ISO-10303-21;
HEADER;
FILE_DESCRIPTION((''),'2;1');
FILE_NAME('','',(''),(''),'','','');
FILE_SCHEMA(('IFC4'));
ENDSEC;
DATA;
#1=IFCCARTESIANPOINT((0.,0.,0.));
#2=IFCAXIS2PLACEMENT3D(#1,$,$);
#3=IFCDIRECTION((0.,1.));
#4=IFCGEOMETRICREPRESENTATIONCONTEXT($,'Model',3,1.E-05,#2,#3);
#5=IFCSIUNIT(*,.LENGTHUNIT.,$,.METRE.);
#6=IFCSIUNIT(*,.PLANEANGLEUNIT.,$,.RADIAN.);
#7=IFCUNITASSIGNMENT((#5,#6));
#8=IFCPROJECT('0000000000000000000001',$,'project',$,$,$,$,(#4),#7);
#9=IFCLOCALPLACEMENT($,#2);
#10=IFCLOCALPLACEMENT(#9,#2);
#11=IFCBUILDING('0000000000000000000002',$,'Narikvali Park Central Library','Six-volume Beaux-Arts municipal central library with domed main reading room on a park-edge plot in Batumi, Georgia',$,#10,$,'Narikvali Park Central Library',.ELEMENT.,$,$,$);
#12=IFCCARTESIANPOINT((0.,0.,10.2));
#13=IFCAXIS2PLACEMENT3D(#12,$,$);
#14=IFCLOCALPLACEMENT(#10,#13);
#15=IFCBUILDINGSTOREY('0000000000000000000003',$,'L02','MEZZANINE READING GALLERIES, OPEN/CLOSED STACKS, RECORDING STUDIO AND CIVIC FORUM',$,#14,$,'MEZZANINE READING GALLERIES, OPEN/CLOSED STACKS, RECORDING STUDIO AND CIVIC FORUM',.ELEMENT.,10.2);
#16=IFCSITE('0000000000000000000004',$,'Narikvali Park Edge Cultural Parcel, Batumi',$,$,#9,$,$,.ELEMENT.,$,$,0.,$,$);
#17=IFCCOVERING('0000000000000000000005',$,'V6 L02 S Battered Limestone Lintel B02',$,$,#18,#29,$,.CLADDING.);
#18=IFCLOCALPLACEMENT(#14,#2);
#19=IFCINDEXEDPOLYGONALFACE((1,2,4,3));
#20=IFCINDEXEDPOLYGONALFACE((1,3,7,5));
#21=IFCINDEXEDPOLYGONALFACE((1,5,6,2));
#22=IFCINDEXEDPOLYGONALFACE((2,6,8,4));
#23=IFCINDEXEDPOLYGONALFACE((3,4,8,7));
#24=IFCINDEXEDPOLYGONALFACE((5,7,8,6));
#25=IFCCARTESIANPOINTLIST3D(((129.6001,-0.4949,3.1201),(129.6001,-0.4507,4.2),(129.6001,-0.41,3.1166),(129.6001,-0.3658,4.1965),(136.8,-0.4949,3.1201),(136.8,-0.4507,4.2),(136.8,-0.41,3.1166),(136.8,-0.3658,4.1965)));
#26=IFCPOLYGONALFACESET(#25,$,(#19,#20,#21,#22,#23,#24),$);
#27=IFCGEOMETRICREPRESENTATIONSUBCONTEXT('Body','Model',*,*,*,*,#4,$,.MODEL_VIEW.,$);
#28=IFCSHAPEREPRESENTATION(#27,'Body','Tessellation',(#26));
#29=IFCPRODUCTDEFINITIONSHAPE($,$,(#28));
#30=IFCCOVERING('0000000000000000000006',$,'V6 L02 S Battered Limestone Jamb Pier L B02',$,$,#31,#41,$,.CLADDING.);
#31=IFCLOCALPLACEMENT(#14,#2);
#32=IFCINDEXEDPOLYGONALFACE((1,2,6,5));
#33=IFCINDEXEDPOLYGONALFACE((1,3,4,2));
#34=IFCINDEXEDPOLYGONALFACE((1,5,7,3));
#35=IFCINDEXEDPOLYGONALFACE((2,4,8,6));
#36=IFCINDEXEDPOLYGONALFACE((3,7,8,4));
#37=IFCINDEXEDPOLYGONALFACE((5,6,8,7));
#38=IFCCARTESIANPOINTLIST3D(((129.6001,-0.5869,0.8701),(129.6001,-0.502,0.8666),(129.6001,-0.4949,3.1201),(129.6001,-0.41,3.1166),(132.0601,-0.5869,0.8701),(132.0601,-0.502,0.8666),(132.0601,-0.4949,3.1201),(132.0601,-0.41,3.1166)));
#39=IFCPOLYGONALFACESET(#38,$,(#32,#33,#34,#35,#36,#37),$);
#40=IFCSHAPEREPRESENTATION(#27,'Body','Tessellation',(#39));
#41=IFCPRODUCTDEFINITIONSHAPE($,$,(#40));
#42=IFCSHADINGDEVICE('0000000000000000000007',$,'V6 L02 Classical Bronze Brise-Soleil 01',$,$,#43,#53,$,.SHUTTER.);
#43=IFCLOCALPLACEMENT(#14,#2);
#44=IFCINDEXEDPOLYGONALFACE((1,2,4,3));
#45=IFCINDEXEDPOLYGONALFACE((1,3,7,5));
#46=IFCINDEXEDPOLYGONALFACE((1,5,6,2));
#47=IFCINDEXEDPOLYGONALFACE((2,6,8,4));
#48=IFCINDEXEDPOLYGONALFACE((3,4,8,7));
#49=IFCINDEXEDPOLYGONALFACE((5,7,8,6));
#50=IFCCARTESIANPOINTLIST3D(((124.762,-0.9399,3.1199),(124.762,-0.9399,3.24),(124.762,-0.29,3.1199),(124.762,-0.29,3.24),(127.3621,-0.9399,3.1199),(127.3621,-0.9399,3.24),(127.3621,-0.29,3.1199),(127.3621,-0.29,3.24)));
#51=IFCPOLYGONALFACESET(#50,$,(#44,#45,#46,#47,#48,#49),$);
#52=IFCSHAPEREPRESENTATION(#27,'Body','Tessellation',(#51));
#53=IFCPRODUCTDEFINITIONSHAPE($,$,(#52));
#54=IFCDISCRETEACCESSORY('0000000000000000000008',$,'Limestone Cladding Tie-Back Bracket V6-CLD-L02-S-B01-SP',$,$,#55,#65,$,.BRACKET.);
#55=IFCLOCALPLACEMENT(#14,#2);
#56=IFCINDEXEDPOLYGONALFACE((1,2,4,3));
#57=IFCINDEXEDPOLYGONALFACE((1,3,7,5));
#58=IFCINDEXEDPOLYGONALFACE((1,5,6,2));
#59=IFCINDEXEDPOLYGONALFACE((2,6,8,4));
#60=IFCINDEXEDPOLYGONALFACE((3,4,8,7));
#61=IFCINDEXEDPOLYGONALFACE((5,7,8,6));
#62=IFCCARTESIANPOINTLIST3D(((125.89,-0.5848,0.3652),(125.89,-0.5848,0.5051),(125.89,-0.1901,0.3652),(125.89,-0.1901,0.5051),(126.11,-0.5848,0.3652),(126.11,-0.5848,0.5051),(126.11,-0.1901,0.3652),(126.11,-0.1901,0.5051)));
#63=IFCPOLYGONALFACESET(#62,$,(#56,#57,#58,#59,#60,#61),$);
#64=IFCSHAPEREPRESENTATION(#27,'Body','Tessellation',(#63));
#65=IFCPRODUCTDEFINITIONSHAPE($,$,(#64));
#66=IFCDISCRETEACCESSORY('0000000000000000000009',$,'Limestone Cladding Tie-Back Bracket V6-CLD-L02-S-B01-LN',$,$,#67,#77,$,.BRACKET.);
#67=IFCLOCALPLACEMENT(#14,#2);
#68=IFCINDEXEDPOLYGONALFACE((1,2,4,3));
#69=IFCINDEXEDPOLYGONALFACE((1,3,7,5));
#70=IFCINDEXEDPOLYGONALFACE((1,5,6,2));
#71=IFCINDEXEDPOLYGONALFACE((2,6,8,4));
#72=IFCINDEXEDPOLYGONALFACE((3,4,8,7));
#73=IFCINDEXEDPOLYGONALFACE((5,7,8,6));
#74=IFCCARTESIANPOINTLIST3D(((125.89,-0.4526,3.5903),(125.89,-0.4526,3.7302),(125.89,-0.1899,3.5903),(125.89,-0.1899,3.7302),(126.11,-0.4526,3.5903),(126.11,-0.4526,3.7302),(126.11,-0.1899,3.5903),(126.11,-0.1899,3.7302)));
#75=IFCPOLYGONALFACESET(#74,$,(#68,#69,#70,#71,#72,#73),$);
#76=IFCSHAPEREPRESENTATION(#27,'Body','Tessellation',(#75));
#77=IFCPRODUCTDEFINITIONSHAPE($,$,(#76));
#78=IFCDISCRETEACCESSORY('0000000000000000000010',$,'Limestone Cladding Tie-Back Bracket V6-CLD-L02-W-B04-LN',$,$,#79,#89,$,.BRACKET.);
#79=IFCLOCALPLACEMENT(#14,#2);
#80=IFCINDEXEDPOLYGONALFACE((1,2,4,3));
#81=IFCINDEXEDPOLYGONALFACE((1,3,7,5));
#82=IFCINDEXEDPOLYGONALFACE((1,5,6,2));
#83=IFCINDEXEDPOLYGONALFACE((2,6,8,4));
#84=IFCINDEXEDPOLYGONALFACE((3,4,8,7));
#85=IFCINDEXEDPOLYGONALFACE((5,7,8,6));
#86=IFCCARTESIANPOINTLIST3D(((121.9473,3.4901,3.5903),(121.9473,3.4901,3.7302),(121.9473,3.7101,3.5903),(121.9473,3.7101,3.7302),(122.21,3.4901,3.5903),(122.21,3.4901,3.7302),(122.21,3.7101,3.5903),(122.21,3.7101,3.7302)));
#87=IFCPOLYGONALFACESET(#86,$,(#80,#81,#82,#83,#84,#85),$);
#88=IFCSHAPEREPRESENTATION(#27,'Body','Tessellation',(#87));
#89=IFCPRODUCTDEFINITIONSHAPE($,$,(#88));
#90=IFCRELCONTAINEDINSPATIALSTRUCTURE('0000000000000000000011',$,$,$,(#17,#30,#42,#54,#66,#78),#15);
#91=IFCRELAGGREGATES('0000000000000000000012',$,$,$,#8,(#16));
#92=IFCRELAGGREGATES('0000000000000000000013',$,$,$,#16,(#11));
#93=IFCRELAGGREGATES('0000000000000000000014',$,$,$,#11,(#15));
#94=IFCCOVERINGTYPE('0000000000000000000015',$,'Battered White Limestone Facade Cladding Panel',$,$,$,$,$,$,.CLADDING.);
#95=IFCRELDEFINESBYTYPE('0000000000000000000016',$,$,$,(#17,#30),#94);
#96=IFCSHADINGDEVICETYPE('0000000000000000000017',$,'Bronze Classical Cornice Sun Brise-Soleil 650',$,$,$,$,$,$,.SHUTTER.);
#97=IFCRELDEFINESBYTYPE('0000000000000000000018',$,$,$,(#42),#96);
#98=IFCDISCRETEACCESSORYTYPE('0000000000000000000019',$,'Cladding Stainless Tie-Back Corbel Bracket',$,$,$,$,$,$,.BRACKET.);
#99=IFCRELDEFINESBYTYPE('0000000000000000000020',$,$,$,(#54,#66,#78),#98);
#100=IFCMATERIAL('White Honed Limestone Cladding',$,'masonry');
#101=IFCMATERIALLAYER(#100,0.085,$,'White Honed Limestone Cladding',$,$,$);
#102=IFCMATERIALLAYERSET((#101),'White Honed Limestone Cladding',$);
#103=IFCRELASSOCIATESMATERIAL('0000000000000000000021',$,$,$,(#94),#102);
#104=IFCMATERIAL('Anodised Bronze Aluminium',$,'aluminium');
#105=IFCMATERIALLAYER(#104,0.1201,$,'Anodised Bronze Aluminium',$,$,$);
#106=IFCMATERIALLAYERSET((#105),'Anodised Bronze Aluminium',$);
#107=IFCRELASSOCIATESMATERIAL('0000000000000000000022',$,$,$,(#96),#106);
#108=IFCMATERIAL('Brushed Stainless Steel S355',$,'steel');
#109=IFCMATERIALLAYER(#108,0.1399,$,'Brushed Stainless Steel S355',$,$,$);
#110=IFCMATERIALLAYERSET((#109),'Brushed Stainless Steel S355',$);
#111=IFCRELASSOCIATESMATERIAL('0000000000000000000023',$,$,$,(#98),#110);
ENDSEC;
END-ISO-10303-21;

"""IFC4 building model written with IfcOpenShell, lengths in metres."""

from ifc_helpers import new_model, si_unit, direction, frame, origin, origin_2d, place, context, subcontext, project, spatial, polyline, rectangle, outline, extrude, material, layer, layer_set, type_object, element, save


model = new_model("IFC4")

# Units and contexts
model_context = context("Model", 3, precision=1e-05, world=origin(), true_north=direction((0.0, 1.0)))
body_context = subcontext(model_context, "Body", "Model", "MODEL_VIEW")
ifc_project = project(units=[si_unit("LENGTHUNIT", "METRE"), si_unit("PLANEANGLEUNIT", "RADIAN")], contexts=[model_context])

# Site, building, storey
site_placement = place(None, origin())
site = spatial("IfcSite", under=ifc_project, at=site_placement, Name="Narikvali Park Edge Cultural Parcel, Batumi", CompositionType="ELEMENT", RefElevation=0.0)
building_placement = place(site_placement, origin())
building = spatial("IfcBuilding", under=site, at=building_placement, Name="Narikvali Park Central Library", Description="Six-volume Beaux-Arts municipal central library with domed main reading room on a park-edge plot in Batumi, Georgia", LongName="Narikvali Park Central Library", CompositionType="ELEMENT")
storey_placement = place(building_placement, frame((0.0, 0.0, 10.2)))
storey = spatial("IfcBuildingStorey", under=building, at=storey_placement, Name="L02", Description="MEZZANINE READING GALLERIES, OPEN/CLOSED STACKS, RECORDING STUDIO AND CIVIC FORUM", LongName="MEZZANINE READING GALLERIES, OPEN/CLOSED STACKS, RECORDING STUDIO AND CIVIC FORUM", CompositionType="ELEMENT", Elevation=10.2)

# Coverings
ifc_material_1 = material(Name="White Honed Limestone Cladding", Category="masonry")
ifc_layer_1 = layer(ifc_material_1, 0.085, Name="White Honed Limestone Cladding")
ifc_layer_set_1 = layer_set([ifc_layer_1], Name="White Honed Limestone Cladding")
covering_type = type_object("IfcCoveringType", Name="Battered White Limestone Facade Cladding Panel", PredefinedType="CLADDING", material=ifc_layer_set_1)
covering_1_placement = place(storey_placement, frame((129.6001, -0.4949, 3.1201), z_axis=(0.0, -0.999164, 0.040888), x_axis=(1.0, 0.0, 0.0)))
element("IfcCovering", 1, at=covering_1_placement, inside=storey, type_object=covering_type, Name="V6 L02 S Battered Limestone Lintel B02", PredefinedType="CLADDING", context=body_context, shape_type="SweptSolid", body=[
    extrude(outline(polyline([(0.0, 0.0), (7.2, 0.0), (7.2, 1.0807), (0.0, 1.0807), (0.0, 0.0)])), origin(), (0.0, 0.0, -1.0), 0.085),
])
covering_2_placement = place(storey_placement, frame((129.6001, -0.5869, 0.8701), z_axis=(0.0, -0.999164, 0.040873), x_axis=(1.0, 0.0, 0.0)))
element("IfcCovering", 2, at=covering_2_placement, inside=storey, type_object=covering_type, Name="V6 L02 S Battered Limestone Jamb Pier L B02", PredefinedType="CLADDING", context=body_context, shape_type="SweptSolid", body=[
    extrude(outline(polyline([(0.0, 0.0), (2.46, 0.0), (2.46, 2.2519), (0.0, 2.2519), (0.0, 0.0)])), origin(), (0.0, 0.0, -1.0), 0.085),
])

# Shading device
ifc_material_2 = material(Name="Anodised Bronze Aluminium", Category="aluminium")
ifc_layer_2 = layer(ifc_material_2, 0.1201, Name="Anodised Bronze Aluminium")
ifc_layer_set_2 = layer_set([ifc_layer_2], Name="Anodised Bronze Aluminium")
shading_device_type = type_object("IfcShadingDeviceType", Name="Bronze Classical Cornice Sun Brise-Soleil 650", PredefinedType="SHUTTER", material=ifc_layer_set_2)
shading_device_placement = place(storey_placement, frame((126.062, -0.615, 3.1199), z_axis=(0.0, 0.0, 1.0), x_axis=(1.0, 0.0, 0.0)))
element("IfcShadingDevice", 3, at=shading_device_placement, inside=storey, type_object=shading_device_type, Name="V6 L02 Classical Bronze Brise-Soleil 01", PredefinedType="SHUTTER", context=body_context, shape_type="SweptSolid", body=[
    extrude(rectangle(XDim=2.6001, YDim=0.6499, at=origin_2d()), origin(), (0.0, 0.0, 1.0), 0.1201),
])

# Discrete accessories
ifc_material_3 = material(Name="Brushed Stainless Steel S355", Category="steel")
ifc_layer_3 = layer(ifc_material_3, 0.1399, Name="Brushed Stainless Steel S355")
ifc_layer_set_3 = layer_set([ifc_layer_3], Name="Brushed Stainless Steel S355")
discrete_accessory_type = type_object("IfcDiscreteAccessoryType", Name="Cladding Stainless Tie-Back Corbel Bracket", PredefinedType="BRACKET", material=ifc_layer_set_3)
discrete_accessory_1_placement = place(storey_placement, frame((126.0, -0.3875, 0.3652), z_axis=(0.0, 0.0, 1.0), x_axis=(1.0, 0.0, 0.0)))
element("IfcDiscreteAccessory", 4, at=discrete_accessory_1_placement, inside=storey, type_object=discrete_accessory_type, Name="Limestone Cladding Tie-Back Bracket V6-CLD-L02-S-B01-SP", PredefinedType="BRACKET", context=body_context, shape_type="SweptSolid", body=[
    extrude(rectangle(XDim=0.22, YDim=0.3948, at=origin_2d()), origin(), (0.0, 0.0, 1.0), 0.1399),
])
discrete_accessory_2_placement = place(storey_placement, frame((126.0, -0.3213, 3.5903), z_axis=(0.0, 0.0, 1.0), x_axis=(1.0, 0.0, 0.0)))
element("IfcDiscreteAccessory", 5, at=discrete_accessory_2_placement, inside=storey, type_object=discrete_accessory_type, Name="Limestone Cladding Tie-Back Bracket V6-CLD-L02-S-B01-LN", PredefinedType="BRACKET", context=body_context, shape_type="SweptSolid", body=[
    extrude(rectangle(XDim=0.22, YDim=0.2627, at=origin_2d()), origin(), (0.0, 0.0, 1.0), 0.1399),
])
discrete_accessory_3_placement = place(storey_placement, frame((122.0786, 3.6001, 3.5903), z_axis=(0.0, 0.0, 1.0), x_axis=(1.0, 0.0, 0.0)))
element("IfcDiscreteAccessory", 6, at=discrete_accessory_3_placement, inside=storey, type_object=discrete_accessory_type, Name="Limestone Cladding Tie-Back Bracket V6-CLD-L02-W-B04-LN", PredefinedType="BRACKET", context=body_context, shape_type="SweptSolid", body=[
    extrude(rectangle(XDim=0.2627, YDim=0.22, at=origin_2d()), origin(), (0.0, 0.0, 1.0), 0.1399),
])

save(model, "model.ifc")
